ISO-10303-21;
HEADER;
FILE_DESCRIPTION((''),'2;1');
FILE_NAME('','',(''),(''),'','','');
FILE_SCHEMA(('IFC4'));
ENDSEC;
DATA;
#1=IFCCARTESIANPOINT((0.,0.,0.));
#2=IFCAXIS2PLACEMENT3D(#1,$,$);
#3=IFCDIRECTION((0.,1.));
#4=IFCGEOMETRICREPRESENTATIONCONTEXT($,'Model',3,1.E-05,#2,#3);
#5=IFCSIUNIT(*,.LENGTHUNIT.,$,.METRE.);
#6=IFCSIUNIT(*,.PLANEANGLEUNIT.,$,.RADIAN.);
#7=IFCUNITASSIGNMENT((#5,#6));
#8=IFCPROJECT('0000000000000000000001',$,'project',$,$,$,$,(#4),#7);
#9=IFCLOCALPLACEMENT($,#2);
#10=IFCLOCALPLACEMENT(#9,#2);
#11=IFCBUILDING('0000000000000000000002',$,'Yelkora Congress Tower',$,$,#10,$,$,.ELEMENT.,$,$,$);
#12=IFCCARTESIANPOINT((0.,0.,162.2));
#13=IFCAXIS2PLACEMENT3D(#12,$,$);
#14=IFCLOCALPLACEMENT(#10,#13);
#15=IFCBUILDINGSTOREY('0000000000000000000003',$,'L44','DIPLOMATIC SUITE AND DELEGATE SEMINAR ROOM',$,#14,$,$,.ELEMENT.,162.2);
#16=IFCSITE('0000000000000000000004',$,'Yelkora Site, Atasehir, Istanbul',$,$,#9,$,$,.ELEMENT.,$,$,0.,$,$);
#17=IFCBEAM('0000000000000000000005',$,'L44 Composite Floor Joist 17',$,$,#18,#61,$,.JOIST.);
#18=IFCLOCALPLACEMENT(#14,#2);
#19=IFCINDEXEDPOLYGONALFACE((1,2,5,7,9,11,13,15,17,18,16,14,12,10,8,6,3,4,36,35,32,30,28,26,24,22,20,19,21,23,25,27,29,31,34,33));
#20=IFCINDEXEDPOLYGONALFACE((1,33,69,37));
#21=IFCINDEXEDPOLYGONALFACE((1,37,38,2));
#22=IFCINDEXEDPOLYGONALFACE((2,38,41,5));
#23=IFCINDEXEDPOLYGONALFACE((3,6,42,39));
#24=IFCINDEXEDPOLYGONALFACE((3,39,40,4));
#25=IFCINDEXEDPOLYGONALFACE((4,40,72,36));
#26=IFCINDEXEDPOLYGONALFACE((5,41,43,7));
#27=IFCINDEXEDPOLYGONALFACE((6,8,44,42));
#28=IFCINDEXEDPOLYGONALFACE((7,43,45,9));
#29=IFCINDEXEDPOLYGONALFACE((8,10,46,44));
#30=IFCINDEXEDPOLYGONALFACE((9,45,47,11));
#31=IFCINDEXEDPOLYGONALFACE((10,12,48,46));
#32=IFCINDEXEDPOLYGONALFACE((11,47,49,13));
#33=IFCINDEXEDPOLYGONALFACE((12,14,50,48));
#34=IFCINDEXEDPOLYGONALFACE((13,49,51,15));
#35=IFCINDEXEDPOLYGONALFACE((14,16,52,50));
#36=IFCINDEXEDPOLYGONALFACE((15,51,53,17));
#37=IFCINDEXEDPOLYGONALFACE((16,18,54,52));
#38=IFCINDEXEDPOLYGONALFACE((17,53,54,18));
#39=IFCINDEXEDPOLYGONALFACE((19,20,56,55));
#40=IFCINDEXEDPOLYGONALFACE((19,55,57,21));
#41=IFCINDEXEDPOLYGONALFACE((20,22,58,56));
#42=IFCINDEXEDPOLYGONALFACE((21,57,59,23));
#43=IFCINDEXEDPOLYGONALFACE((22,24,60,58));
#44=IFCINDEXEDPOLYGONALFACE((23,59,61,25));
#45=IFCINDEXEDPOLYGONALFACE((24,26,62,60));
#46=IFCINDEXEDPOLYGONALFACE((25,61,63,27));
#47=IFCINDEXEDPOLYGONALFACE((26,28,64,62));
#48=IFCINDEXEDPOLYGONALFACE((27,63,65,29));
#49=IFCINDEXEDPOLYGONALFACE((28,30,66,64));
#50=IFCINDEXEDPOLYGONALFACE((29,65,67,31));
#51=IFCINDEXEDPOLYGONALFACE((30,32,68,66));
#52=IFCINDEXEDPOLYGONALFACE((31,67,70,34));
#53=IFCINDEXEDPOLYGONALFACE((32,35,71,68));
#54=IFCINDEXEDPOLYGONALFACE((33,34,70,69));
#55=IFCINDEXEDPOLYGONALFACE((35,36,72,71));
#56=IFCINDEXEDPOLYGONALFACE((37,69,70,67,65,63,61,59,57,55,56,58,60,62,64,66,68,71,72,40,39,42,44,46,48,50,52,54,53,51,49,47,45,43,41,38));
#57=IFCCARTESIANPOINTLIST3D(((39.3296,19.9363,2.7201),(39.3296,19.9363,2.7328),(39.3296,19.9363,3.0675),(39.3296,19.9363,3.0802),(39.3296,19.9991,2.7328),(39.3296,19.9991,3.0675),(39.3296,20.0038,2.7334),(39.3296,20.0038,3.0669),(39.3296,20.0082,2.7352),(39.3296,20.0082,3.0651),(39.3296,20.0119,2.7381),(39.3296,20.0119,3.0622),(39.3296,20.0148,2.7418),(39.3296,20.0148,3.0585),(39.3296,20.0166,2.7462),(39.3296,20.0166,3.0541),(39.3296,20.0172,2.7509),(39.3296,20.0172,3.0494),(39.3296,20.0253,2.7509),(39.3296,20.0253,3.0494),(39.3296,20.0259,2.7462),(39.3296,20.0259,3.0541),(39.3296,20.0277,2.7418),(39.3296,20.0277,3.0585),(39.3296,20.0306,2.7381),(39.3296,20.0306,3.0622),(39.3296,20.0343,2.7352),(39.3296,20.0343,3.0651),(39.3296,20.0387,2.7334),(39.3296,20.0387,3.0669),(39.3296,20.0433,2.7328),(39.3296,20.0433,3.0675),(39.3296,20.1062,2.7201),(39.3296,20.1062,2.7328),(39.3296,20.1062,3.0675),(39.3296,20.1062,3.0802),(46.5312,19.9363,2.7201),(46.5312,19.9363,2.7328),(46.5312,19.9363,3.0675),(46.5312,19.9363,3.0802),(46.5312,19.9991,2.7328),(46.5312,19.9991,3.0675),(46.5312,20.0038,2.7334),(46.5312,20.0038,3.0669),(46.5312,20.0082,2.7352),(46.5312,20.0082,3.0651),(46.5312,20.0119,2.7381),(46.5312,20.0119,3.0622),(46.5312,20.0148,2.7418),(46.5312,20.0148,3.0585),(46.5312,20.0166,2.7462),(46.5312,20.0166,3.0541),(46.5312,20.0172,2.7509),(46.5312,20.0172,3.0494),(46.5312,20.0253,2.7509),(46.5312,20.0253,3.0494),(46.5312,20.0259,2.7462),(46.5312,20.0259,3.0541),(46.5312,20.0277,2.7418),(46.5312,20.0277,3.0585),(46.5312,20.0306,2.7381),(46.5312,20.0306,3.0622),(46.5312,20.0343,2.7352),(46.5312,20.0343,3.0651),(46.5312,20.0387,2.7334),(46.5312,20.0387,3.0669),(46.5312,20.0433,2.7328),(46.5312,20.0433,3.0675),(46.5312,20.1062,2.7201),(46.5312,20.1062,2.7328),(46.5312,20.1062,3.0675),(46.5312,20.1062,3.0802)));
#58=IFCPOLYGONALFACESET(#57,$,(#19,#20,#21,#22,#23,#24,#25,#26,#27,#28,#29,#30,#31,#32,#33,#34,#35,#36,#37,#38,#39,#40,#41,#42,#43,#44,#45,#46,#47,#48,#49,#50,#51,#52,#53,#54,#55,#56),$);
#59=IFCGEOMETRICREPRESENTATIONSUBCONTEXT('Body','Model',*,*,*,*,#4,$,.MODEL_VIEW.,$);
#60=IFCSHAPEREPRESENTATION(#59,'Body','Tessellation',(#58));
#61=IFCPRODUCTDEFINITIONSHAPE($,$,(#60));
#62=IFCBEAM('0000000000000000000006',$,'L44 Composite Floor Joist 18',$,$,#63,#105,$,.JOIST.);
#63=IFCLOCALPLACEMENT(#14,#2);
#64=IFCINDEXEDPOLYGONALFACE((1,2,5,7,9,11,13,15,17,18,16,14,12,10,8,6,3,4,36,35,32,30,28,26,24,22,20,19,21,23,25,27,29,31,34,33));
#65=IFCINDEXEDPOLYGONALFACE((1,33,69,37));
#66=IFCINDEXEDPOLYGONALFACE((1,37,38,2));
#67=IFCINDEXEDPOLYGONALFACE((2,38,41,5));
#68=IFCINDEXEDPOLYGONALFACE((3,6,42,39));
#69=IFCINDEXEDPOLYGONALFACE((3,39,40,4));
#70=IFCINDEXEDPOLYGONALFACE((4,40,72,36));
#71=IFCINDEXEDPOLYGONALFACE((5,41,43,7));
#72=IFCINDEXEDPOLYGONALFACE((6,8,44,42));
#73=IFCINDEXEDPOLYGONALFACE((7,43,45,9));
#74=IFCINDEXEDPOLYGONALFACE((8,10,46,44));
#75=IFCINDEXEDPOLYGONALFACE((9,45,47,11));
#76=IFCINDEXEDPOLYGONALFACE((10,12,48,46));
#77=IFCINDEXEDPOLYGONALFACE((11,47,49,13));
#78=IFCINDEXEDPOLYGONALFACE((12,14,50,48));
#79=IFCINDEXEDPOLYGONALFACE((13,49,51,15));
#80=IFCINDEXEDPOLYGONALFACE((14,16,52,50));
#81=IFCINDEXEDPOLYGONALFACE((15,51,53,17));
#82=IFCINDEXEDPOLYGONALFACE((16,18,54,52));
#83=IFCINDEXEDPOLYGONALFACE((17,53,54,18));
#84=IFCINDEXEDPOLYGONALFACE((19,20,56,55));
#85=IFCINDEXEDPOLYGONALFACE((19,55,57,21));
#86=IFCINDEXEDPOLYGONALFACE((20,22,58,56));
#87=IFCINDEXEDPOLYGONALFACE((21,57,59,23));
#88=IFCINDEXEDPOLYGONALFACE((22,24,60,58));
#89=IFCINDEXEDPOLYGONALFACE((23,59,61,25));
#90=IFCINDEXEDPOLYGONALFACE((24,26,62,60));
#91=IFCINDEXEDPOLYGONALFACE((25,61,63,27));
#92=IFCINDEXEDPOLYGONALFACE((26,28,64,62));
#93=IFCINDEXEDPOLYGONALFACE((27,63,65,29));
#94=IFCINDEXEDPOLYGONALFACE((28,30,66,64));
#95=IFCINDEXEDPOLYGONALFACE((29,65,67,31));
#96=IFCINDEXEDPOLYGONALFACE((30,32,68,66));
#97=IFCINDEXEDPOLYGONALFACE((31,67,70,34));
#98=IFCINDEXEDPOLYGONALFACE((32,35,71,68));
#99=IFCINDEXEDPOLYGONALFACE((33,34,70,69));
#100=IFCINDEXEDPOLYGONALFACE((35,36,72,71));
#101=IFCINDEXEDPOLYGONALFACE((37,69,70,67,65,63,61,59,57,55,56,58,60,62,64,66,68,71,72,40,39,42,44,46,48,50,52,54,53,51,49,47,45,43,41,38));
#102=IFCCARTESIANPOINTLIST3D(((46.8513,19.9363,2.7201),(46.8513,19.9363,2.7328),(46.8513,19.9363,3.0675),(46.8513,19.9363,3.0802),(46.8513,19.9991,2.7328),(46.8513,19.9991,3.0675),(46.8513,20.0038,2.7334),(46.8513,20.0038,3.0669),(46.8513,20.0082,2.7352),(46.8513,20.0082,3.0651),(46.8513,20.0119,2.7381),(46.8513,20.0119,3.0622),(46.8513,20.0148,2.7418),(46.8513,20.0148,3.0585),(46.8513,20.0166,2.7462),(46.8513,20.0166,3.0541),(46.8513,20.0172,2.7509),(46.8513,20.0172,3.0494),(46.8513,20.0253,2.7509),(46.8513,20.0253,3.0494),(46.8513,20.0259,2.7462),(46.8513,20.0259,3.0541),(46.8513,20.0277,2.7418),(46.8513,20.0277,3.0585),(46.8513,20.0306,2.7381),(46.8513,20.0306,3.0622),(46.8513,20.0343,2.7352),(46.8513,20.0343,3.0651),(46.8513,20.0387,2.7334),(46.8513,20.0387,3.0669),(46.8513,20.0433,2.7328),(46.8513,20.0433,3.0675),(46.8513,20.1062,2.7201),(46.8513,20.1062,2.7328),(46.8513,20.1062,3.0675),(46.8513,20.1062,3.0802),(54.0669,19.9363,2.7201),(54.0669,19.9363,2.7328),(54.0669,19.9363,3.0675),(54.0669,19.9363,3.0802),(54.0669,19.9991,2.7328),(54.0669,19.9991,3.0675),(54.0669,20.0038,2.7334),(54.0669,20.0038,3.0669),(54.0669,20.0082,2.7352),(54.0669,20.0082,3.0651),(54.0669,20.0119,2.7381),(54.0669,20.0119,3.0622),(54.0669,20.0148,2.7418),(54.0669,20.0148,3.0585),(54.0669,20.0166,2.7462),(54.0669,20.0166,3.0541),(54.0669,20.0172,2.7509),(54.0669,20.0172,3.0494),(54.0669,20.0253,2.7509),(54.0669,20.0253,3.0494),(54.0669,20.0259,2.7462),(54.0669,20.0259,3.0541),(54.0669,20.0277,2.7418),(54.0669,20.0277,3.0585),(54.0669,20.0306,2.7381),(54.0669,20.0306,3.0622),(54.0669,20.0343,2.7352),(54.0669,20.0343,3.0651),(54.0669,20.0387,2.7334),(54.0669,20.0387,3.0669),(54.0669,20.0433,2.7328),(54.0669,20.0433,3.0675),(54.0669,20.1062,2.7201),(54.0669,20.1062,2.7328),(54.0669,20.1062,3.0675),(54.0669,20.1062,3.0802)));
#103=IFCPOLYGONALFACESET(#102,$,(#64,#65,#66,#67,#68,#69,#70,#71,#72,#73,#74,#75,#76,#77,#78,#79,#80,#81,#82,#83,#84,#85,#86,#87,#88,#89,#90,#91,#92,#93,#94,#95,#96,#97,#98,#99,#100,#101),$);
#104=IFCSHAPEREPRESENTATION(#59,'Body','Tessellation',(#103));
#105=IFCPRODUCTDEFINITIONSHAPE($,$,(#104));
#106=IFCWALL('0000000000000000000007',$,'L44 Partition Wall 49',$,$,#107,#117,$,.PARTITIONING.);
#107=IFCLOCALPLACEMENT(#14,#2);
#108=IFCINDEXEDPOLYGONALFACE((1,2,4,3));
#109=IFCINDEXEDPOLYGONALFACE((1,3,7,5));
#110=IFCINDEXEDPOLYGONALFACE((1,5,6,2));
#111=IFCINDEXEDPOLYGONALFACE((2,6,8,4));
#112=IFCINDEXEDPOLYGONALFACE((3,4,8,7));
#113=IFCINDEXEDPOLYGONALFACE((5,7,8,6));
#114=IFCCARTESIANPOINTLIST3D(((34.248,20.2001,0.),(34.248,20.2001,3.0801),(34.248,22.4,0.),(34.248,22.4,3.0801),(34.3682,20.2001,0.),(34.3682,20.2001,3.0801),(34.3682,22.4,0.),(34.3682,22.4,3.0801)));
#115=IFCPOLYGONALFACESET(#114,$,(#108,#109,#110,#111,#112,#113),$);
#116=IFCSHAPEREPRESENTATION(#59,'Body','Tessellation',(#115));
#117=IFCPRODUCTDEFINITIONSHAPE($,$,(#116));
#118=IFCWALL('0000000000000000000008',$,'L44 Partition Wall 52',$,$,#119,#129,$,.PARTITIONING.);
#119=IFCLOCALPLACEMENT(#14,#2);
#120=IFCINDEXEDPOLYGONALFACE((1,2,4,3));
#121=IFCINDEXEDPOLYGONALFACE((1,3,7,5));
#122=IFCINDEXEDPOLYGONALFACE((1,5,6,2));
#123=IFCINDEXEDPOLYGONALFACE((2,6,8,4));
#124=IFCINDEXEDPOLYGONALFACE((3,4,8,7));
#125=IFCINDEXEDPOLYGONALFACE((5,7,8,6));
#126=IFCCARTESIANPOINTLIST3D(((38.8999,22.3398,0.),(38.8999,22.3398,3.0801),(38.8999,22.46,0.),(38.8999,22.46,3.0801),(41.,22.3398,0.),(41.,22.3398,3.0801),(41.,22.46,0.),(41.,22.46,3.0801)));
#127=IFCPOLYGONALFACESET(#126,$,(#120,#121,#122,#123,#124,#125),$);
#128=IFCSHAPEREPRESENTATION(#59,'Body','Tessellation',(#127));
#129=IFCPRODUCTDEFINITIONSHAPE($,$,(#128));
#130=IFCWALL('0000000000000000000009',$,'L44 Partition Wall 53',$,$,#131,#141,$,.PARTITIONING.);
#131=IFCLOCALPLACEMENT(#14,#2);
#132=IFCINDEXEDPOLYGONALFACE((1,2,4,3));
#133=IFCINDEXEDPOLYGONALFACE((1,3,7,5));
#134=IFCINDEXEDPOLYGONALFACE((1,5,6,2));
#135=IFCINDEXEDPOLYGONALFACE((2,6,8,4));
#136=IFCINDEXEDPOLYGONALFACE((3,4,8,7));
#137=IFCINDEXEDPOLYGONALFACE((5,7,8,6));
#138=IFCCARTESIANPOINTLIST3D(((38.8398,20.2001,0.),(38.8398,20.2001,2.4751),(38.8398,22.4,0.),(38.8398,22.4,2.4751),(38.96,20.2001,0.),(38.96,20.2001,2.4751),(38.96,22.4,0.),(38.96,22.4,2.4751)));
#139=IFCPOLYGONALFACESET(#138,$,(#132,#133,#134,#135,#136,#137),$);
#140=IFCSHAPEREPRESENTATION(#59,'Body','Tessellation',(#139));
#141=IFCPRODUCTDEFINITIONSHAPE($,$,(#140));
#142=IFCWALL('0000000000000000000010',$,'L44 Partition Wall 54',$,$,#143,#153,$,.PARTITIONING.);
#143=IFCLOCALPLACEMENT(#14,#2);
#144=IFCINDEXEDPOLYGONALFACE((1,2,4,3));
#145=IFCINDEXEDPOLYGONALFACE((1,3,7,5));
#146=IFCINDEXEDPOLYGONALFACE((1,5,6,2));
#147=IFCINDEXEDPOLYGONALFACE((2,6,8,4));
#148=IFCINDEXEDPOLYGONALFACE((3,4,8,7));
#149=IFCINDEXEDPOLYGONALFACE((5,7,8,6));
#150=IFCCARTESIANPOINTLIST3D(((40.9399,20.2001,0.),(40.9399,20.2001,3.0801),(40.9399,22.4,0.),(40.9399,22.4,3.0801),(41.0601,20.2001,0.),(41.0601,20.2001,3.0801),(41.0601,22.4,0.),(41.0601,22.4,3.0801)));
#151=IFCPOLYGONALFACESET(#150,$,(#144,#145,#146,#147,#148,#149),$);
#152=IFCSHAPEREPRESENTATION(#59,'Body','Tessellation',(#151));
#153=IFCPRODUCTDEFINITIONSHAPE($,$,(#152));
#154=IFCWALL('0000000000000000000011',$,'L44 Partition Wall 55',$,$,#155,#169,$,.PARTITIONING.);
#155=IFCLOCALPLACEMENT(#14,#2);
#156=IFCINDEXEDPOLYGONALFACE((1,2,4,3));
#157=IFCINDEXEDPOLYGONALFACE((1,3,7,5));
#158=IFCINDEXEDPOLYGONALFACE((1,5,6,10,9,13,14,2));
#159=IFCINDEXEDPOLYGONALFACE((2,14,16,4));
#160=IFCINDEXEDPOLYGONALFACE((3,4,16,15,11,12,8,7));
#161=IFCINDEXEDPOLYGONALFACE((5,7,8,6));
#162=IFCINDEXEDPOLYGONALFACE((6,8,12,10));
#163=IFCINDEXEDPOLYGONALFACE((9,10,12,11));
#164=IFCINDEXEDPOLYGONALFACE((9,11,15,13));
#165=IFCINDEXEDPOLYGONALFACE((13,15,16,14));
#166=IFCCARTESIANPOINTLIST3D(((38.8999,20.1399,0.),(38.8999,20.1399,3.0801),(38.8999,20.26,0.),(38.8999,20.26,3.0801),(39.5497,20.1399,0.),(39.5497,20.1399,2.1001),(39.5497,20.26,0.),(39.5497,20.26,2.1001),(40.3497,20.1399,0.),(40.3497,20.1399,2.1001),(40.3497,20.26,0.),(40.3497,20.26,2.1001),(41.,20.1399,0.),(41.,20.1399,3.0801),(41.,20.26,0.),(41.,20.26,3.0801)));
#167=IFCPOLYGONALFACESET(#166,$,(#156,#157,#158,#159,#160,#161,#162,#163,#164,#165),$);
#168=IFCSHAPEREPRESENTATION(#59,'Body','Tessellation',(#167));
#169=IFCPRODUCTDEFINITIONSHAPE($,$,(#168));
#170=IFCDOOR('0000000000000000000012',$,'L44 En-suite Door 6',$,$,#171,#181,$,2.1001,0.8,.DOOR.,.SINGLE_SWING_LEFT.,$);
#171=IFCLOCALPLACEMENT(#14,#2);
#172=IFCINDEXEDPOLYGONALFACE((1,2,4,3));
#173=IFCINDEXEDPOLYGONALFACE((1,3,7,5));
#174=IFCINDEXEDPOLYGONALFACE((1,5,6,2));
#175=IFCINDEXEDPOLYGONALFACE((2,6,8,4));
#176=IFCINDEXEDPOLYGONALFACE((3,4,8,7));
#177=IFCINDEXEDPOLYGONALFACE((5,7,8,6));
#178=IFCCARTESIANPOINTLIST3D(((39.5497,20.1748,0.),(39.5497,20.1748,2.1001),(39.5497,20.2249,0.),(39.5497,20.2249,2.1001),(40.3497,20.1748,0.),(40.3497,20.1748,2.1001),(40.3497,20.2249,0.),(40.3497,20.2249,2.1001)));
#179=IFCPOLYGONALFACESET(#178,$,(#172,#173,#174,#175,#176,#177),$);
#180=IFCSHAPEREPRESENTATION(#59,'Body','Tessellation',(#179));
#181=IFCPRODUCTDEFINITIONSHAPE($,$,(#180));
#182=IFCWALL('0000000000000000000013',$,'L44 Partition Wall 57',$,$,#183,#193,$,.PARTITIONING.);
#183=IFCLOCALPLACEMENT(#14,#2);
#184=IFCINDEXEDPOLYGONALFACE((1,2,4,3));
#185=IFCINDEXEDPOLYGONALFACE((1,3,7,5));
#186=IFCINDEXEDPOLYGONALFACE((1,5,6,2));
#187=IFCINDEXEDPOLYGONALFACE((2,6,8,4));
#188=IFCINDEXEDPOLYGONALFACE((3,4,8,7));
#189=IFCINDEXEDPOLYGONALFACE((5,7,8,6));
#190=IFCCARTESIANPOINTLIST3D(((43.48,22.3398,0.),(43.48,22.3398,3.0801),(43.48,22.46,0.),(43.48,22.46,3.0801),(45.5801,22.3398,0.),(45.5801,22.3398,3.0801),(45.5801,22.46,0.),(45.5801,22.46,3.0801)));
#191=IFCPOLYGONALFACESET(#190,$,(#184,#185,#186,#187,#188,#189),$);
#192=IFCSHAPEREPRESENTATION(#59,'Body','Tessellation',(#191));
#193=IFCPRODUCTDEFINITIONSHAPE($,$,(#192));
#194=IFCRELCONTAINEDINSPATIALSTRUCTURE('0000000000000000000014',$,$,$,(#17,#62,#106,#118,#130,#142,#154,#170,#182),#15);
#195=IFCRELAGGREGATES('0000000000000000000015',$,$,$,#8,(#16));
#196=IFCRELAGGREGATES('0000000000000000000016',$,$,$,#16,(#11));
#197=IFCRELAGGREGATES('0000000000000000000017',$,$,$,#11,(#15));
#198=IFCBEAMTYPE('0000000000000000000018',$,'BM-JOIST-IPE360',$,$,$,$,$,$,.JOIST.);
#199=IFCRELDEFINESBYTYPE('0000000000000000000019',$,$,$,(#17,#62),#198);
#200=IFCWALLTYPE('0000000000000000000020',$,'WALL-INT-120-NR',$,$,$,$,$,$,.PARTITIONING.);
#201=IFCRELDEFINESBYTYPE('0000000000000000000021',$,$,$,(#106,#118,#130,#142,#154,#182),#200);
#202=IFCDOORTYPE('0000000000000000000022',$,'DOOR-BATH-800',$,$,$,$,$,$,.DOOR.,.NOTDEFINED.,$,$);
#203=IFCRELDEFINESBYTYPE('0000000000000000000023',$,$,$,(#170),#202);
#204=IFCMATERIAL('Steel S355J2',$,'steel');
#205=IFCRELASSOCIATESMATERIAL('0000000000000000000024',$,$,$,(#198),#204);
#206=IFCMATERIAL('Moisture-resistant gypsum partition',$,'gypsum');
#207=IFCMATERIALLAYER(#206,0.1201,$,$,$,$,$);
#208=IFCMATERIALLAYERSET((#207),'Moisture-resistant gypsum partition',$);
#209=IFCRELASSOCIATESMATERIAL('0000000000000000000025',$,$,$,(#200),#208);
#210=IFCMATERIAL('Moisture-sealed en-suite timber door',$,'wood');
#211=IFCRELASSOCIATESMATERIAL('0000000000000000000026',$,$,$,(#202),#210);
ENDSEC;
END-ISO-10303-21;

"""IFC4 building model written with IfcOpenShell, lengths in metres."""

from ifc_helpers import new_model, si_unit, direction, frame, frame_2d, origin, origin_2d, place, context, subcontext, project, spatial, rectangle, i_section, extrude, material, layer, layer_set, material_profile, profile_set, type_object, element, fill, save


model = new_model("IFC4")

# Units and contexts
model_context = context("Model", 3, precision=1e-05, world=origin(), true_north=direction((0.0, 1.0)))
body_context = subcontext(model_context, "Body", "Model", "MODEL_VIEW")
ifc_project = project(units=[si_unit("LENGTHUNIT", "METRE"), si_unit("PLANEANGLEUNIT", "RADIAN")], contexts=[model_context])

# Site, building, storey
site_placement = place(None, origin())
site = spatial("IfcSite", under=ifc_project, at=site_placement, Name="Yelkora Site, Atasehir, Istanbul", CompositionType="ELEMENT", RefElevation=0.0)
building_placement = place(site_placement, origin())
building = spatial("IfcBuilding", under=site, at=building_placement, Name="Yelkora Congress Tower", CompositionType="ELEMENT")
storey_placement = place(building_placement, frame((0.0, 0.0, 162.2)))
storey = spatial("IfcBuildingStorey", under=building, at=storey_placement, Name="L44", Description="DIPLOMATIC SUITE AND DELEGATE SEMINAR ROOM", CompositionType="ELEMENT", Elevation=162.2)

# Beams
ifc_material_1 = material(Name="Steel S355J2", Category="steel")
ifc_material_profile_1 = material_profile(ifc_material_1, i_section(OverallWidth=0.1699, OverallDepth=0.3601, WebThickness=0.0081, FlangeThickness=0.0127, FilletRadius=0.0181, at=origin_2d()), Name="IPE 360")
ifc_profile_set_1 = profile_set([ifc_material_profile_1], Name="Steel S355J2")
beam_type_1 = type_object("IfcBeamType", Name="BM-JOIST-IPE360", PredefinedType="JOIST", material=ifc_profile_set_1)
beam_1_placement = place(storey_placement, frame((39.3296, 20.0212, 2.9001), z_axis=(1.0, 0.0, 0.0), x_axis=(0.0, 1.0, 0.0)))
element("IfcBeam", 1, at=beam_1_placement, inside=storey, type_object=beam_type_1, Name="L44 Composite Floor Joist 17", PredefinedType="JOIST", context=body_context, shape_type="SweptSolid", body=[
    extrude(i_section(OverallWidth=0.1699, OverallDepth=0.3601, WebThickness=0.0081, FlangeThickness=0.0127, FilletRadius=0.0181, at=origin_2d()), origin(), (0.0, 0.0, 1.0), 7.2017),
])
beam_2_placement = place(storey_placement, frame((46.8513, 20.0212, 2.9001), z_axis=(1.0, 0.0, 0.0), x_axis=(0.0, 1.0, 0.0)))
element("IfcBeam", 2, at=beam_2_placement, inside=storey, type_object=beam_type_1, Name="L44 Composite Floor Joist 18", PredefinedType="JOIST", context=body_context, shape_type="SweptSolid", body=[
    extrude(i_section(OverallWidth=0.1699, OverallDepth=0.3601, WebThickness=0.0081, FlangeThickness=0.0127, FilletRadius=0.0181, at=origin_2d()), origin(), (0.0, 0.0, 1.0), 7.2156),
])

# Walls
ifc_material_2 = material(Name="Moisture-resistant gypsum partition", Category="gypsum")
ifc_layer_1 = layer(ifc_material_2, 0.1201)
ifc_layer_set_1 = layer_set([ifc_layer_1], Name="Moisture-resistant gypsum partition")
wall_type_1 = type_object("IfcWallType", Name="WALL-INT-120-NR", PredefinedType="PARTITIONING", material=ifc_layer_set_1)
wall_1_placement = place(storey_placement, frame((34.3081, 20.2, 0.0), z_axis=(0.0, 0.0, 1.0), x_axis=(0.0, 1.0, 0.0)))
element("IfcWall", 3, at=wall_1_placement, inside=storey, type_object=wall_type_1, Name="L44 Partition Wall 49", PredefinedType="PARTITIONING", context=body_context, shape_type="SweptSolid", body=[
    extrude(rectangle(XDim=2.2, YDim=0.1201, at=frame_2d((1.1001, 0.0))), origin(), (0.0, 0.0, 1.0), 3.0801),
])
wall_2_placement = place(storey_placement, frame((38.8999, 22.3999, 0.0), z_axis=(0.0, 0.0, 1.0), x_axis=(1.0, 0.0, 0.0)))
element("IfcWall", 4, at=wall_2_placement, inside=storey, type_object=wall_type_1, Name="L44 Partition Wall 52", PredefinedType="PARTITIONING", context=body_context, shape_type="SweptSolid", body=[
    extrude(rectangle(XDim=2.1001, YDim=0.1201, at=frame_2d((1.05, 0.0))), origin(), (0.0, 0.0, 1.0), 3.0801),
])
wall_3_placement = place(storey_placement, frame((38.8999, 20.2, 0.0), z_axis=(0.0, 0.0, 1.0), x_axis=(0.0, 1.0, 0.0)))
element("IfcWall", 5, at=wall_3_placement, inside=storey, type_object=wall_type_1, Name="L44 Partition Wall 53", PredefinedType="PARTITIONING", context=body_context, shape_type="SweptSolid", body=[
    extrude(rectangle(XDim=2.2, YDim=0.1201, at=frame_2d((1.1001, 0.0))), origin(), (0.0, 0.0, 1.0), 2.4751),
])
wall_4_placement = place(storey_placement, frame((41.0, 20.2, 0.0), z_axis=(0.0, 0.0, 1.0), x_axis=(0.0, 1.0, 0.0)))
element("IfcWall", 6, at=wall_4_placement, inside=storey, type_object=wall_type_1, Name="L44 Partition Wall 54", PredefinedType="PARTITIONING", context=body_context, shape_type="SweptSolid", body=[
    extrude(rectangle(XDim=2.2, YDim=0.1201, at=frame_2d((1.1001, 0.0))), origin(), (0.0, 0.0, 1.0), 3.0801),
])

# Wall, opening, door
wall_5_placement = place(storey_placement, frame((38.8999, 20.2, 0.0), z_axis=(0.0, 0.0, 1.0), x_axis=(1.0, 0.0, 0.0)))
wall_5 = element("IfcWall", 7, at=wall_5_placement, inside=storey, type_object=wall_type_1, Name="L44 Partition Wall 55", PredefinedType="PARTITIONING", context=body_context, shape_type="SweptSolid", body=[
    extrude(rectangle(XDim=2.1001, YDim=0.1201, at=frame_2d((1.05, 0.0))), origin(), (0.0, 0.0, 1.0), 3.0801),
])
opening_1_placement = place(wall_5_placement, frame((0.6499, 0.0, 0.0)))
opening_1 = element("IfcOpeningElement", 8, at=opening_1_placement, cuts=wall_5, PredefinedType="OPENING", context=body_context, shape_type="SweptSolid", body=[
    extrude(rectangle(XDim=0.8, YDim=2.1001, at=frame_2d((0.3999, 1.05))), frame((0.0, 0.0701, 0.0), z_axis=(0.0, -1.0, 0.0), x_axis=(1.0, 0.0, 0.0)), (0.0, 0.0, 1.0), 0.1401),
])
ifc_material_3 = material(Name="Moisture-sealed en-suite timber door", Category="wood")
door_type = type_object("IfcDoorType", Name="DOOR-BATH-800", OperationType="NOTDEFINED", PredefinedType="DOOR", material=ifc_material_3)
door_1_placement = place(opening_1_placement, origin())
door_1 = element("IfcDoor", 9, at=door_1_placement, inside=storey, type_object=door_type, Name="L44 En-suite Door 6", OperationType="SINGLE_SWING_LEFT", OverallHeight=2.1001, OverallWidth=0.8, PredefinedType="DOOR", context=body_context, shape_type="SweptSolid", body=[
    extrude(rectangle(XDim=0.8, YDim=2.1001, at=frame_2d((0.3999, 1.05))), frame((0.0, 0.0249, 0.0), z_axis=(0.0, -1.0, 0.0), x_axis=(1.0, 0.0, 0.0)), (0.0, 0.0, 1.0), 0.05),
])
fill(opening_1, door_1)

# Wall
wall_6_placement = place(storey_placement, frame((43.48, 22.3999, 0.0), z_axis=(0.0, 0.0, 1.0), x_axis=(1.0, 0.0, 0.0)))
element("IfcWall", 10, at=wall_6_placement, inside=storey, type_object=wall_type_1, Name="L44 Partition Wall 57", PredefinedType="PARTITIONING", context=body_context, shape_type="SweptSolid", body=[
    extrude(rectangle(XDim=2.1001, YDim=0.1201, at=frame_2d((1.05, 0.0))), origin(), (0.0, 0.0, 1.0), 3.0801),
])

save(model, "model.ifc")
